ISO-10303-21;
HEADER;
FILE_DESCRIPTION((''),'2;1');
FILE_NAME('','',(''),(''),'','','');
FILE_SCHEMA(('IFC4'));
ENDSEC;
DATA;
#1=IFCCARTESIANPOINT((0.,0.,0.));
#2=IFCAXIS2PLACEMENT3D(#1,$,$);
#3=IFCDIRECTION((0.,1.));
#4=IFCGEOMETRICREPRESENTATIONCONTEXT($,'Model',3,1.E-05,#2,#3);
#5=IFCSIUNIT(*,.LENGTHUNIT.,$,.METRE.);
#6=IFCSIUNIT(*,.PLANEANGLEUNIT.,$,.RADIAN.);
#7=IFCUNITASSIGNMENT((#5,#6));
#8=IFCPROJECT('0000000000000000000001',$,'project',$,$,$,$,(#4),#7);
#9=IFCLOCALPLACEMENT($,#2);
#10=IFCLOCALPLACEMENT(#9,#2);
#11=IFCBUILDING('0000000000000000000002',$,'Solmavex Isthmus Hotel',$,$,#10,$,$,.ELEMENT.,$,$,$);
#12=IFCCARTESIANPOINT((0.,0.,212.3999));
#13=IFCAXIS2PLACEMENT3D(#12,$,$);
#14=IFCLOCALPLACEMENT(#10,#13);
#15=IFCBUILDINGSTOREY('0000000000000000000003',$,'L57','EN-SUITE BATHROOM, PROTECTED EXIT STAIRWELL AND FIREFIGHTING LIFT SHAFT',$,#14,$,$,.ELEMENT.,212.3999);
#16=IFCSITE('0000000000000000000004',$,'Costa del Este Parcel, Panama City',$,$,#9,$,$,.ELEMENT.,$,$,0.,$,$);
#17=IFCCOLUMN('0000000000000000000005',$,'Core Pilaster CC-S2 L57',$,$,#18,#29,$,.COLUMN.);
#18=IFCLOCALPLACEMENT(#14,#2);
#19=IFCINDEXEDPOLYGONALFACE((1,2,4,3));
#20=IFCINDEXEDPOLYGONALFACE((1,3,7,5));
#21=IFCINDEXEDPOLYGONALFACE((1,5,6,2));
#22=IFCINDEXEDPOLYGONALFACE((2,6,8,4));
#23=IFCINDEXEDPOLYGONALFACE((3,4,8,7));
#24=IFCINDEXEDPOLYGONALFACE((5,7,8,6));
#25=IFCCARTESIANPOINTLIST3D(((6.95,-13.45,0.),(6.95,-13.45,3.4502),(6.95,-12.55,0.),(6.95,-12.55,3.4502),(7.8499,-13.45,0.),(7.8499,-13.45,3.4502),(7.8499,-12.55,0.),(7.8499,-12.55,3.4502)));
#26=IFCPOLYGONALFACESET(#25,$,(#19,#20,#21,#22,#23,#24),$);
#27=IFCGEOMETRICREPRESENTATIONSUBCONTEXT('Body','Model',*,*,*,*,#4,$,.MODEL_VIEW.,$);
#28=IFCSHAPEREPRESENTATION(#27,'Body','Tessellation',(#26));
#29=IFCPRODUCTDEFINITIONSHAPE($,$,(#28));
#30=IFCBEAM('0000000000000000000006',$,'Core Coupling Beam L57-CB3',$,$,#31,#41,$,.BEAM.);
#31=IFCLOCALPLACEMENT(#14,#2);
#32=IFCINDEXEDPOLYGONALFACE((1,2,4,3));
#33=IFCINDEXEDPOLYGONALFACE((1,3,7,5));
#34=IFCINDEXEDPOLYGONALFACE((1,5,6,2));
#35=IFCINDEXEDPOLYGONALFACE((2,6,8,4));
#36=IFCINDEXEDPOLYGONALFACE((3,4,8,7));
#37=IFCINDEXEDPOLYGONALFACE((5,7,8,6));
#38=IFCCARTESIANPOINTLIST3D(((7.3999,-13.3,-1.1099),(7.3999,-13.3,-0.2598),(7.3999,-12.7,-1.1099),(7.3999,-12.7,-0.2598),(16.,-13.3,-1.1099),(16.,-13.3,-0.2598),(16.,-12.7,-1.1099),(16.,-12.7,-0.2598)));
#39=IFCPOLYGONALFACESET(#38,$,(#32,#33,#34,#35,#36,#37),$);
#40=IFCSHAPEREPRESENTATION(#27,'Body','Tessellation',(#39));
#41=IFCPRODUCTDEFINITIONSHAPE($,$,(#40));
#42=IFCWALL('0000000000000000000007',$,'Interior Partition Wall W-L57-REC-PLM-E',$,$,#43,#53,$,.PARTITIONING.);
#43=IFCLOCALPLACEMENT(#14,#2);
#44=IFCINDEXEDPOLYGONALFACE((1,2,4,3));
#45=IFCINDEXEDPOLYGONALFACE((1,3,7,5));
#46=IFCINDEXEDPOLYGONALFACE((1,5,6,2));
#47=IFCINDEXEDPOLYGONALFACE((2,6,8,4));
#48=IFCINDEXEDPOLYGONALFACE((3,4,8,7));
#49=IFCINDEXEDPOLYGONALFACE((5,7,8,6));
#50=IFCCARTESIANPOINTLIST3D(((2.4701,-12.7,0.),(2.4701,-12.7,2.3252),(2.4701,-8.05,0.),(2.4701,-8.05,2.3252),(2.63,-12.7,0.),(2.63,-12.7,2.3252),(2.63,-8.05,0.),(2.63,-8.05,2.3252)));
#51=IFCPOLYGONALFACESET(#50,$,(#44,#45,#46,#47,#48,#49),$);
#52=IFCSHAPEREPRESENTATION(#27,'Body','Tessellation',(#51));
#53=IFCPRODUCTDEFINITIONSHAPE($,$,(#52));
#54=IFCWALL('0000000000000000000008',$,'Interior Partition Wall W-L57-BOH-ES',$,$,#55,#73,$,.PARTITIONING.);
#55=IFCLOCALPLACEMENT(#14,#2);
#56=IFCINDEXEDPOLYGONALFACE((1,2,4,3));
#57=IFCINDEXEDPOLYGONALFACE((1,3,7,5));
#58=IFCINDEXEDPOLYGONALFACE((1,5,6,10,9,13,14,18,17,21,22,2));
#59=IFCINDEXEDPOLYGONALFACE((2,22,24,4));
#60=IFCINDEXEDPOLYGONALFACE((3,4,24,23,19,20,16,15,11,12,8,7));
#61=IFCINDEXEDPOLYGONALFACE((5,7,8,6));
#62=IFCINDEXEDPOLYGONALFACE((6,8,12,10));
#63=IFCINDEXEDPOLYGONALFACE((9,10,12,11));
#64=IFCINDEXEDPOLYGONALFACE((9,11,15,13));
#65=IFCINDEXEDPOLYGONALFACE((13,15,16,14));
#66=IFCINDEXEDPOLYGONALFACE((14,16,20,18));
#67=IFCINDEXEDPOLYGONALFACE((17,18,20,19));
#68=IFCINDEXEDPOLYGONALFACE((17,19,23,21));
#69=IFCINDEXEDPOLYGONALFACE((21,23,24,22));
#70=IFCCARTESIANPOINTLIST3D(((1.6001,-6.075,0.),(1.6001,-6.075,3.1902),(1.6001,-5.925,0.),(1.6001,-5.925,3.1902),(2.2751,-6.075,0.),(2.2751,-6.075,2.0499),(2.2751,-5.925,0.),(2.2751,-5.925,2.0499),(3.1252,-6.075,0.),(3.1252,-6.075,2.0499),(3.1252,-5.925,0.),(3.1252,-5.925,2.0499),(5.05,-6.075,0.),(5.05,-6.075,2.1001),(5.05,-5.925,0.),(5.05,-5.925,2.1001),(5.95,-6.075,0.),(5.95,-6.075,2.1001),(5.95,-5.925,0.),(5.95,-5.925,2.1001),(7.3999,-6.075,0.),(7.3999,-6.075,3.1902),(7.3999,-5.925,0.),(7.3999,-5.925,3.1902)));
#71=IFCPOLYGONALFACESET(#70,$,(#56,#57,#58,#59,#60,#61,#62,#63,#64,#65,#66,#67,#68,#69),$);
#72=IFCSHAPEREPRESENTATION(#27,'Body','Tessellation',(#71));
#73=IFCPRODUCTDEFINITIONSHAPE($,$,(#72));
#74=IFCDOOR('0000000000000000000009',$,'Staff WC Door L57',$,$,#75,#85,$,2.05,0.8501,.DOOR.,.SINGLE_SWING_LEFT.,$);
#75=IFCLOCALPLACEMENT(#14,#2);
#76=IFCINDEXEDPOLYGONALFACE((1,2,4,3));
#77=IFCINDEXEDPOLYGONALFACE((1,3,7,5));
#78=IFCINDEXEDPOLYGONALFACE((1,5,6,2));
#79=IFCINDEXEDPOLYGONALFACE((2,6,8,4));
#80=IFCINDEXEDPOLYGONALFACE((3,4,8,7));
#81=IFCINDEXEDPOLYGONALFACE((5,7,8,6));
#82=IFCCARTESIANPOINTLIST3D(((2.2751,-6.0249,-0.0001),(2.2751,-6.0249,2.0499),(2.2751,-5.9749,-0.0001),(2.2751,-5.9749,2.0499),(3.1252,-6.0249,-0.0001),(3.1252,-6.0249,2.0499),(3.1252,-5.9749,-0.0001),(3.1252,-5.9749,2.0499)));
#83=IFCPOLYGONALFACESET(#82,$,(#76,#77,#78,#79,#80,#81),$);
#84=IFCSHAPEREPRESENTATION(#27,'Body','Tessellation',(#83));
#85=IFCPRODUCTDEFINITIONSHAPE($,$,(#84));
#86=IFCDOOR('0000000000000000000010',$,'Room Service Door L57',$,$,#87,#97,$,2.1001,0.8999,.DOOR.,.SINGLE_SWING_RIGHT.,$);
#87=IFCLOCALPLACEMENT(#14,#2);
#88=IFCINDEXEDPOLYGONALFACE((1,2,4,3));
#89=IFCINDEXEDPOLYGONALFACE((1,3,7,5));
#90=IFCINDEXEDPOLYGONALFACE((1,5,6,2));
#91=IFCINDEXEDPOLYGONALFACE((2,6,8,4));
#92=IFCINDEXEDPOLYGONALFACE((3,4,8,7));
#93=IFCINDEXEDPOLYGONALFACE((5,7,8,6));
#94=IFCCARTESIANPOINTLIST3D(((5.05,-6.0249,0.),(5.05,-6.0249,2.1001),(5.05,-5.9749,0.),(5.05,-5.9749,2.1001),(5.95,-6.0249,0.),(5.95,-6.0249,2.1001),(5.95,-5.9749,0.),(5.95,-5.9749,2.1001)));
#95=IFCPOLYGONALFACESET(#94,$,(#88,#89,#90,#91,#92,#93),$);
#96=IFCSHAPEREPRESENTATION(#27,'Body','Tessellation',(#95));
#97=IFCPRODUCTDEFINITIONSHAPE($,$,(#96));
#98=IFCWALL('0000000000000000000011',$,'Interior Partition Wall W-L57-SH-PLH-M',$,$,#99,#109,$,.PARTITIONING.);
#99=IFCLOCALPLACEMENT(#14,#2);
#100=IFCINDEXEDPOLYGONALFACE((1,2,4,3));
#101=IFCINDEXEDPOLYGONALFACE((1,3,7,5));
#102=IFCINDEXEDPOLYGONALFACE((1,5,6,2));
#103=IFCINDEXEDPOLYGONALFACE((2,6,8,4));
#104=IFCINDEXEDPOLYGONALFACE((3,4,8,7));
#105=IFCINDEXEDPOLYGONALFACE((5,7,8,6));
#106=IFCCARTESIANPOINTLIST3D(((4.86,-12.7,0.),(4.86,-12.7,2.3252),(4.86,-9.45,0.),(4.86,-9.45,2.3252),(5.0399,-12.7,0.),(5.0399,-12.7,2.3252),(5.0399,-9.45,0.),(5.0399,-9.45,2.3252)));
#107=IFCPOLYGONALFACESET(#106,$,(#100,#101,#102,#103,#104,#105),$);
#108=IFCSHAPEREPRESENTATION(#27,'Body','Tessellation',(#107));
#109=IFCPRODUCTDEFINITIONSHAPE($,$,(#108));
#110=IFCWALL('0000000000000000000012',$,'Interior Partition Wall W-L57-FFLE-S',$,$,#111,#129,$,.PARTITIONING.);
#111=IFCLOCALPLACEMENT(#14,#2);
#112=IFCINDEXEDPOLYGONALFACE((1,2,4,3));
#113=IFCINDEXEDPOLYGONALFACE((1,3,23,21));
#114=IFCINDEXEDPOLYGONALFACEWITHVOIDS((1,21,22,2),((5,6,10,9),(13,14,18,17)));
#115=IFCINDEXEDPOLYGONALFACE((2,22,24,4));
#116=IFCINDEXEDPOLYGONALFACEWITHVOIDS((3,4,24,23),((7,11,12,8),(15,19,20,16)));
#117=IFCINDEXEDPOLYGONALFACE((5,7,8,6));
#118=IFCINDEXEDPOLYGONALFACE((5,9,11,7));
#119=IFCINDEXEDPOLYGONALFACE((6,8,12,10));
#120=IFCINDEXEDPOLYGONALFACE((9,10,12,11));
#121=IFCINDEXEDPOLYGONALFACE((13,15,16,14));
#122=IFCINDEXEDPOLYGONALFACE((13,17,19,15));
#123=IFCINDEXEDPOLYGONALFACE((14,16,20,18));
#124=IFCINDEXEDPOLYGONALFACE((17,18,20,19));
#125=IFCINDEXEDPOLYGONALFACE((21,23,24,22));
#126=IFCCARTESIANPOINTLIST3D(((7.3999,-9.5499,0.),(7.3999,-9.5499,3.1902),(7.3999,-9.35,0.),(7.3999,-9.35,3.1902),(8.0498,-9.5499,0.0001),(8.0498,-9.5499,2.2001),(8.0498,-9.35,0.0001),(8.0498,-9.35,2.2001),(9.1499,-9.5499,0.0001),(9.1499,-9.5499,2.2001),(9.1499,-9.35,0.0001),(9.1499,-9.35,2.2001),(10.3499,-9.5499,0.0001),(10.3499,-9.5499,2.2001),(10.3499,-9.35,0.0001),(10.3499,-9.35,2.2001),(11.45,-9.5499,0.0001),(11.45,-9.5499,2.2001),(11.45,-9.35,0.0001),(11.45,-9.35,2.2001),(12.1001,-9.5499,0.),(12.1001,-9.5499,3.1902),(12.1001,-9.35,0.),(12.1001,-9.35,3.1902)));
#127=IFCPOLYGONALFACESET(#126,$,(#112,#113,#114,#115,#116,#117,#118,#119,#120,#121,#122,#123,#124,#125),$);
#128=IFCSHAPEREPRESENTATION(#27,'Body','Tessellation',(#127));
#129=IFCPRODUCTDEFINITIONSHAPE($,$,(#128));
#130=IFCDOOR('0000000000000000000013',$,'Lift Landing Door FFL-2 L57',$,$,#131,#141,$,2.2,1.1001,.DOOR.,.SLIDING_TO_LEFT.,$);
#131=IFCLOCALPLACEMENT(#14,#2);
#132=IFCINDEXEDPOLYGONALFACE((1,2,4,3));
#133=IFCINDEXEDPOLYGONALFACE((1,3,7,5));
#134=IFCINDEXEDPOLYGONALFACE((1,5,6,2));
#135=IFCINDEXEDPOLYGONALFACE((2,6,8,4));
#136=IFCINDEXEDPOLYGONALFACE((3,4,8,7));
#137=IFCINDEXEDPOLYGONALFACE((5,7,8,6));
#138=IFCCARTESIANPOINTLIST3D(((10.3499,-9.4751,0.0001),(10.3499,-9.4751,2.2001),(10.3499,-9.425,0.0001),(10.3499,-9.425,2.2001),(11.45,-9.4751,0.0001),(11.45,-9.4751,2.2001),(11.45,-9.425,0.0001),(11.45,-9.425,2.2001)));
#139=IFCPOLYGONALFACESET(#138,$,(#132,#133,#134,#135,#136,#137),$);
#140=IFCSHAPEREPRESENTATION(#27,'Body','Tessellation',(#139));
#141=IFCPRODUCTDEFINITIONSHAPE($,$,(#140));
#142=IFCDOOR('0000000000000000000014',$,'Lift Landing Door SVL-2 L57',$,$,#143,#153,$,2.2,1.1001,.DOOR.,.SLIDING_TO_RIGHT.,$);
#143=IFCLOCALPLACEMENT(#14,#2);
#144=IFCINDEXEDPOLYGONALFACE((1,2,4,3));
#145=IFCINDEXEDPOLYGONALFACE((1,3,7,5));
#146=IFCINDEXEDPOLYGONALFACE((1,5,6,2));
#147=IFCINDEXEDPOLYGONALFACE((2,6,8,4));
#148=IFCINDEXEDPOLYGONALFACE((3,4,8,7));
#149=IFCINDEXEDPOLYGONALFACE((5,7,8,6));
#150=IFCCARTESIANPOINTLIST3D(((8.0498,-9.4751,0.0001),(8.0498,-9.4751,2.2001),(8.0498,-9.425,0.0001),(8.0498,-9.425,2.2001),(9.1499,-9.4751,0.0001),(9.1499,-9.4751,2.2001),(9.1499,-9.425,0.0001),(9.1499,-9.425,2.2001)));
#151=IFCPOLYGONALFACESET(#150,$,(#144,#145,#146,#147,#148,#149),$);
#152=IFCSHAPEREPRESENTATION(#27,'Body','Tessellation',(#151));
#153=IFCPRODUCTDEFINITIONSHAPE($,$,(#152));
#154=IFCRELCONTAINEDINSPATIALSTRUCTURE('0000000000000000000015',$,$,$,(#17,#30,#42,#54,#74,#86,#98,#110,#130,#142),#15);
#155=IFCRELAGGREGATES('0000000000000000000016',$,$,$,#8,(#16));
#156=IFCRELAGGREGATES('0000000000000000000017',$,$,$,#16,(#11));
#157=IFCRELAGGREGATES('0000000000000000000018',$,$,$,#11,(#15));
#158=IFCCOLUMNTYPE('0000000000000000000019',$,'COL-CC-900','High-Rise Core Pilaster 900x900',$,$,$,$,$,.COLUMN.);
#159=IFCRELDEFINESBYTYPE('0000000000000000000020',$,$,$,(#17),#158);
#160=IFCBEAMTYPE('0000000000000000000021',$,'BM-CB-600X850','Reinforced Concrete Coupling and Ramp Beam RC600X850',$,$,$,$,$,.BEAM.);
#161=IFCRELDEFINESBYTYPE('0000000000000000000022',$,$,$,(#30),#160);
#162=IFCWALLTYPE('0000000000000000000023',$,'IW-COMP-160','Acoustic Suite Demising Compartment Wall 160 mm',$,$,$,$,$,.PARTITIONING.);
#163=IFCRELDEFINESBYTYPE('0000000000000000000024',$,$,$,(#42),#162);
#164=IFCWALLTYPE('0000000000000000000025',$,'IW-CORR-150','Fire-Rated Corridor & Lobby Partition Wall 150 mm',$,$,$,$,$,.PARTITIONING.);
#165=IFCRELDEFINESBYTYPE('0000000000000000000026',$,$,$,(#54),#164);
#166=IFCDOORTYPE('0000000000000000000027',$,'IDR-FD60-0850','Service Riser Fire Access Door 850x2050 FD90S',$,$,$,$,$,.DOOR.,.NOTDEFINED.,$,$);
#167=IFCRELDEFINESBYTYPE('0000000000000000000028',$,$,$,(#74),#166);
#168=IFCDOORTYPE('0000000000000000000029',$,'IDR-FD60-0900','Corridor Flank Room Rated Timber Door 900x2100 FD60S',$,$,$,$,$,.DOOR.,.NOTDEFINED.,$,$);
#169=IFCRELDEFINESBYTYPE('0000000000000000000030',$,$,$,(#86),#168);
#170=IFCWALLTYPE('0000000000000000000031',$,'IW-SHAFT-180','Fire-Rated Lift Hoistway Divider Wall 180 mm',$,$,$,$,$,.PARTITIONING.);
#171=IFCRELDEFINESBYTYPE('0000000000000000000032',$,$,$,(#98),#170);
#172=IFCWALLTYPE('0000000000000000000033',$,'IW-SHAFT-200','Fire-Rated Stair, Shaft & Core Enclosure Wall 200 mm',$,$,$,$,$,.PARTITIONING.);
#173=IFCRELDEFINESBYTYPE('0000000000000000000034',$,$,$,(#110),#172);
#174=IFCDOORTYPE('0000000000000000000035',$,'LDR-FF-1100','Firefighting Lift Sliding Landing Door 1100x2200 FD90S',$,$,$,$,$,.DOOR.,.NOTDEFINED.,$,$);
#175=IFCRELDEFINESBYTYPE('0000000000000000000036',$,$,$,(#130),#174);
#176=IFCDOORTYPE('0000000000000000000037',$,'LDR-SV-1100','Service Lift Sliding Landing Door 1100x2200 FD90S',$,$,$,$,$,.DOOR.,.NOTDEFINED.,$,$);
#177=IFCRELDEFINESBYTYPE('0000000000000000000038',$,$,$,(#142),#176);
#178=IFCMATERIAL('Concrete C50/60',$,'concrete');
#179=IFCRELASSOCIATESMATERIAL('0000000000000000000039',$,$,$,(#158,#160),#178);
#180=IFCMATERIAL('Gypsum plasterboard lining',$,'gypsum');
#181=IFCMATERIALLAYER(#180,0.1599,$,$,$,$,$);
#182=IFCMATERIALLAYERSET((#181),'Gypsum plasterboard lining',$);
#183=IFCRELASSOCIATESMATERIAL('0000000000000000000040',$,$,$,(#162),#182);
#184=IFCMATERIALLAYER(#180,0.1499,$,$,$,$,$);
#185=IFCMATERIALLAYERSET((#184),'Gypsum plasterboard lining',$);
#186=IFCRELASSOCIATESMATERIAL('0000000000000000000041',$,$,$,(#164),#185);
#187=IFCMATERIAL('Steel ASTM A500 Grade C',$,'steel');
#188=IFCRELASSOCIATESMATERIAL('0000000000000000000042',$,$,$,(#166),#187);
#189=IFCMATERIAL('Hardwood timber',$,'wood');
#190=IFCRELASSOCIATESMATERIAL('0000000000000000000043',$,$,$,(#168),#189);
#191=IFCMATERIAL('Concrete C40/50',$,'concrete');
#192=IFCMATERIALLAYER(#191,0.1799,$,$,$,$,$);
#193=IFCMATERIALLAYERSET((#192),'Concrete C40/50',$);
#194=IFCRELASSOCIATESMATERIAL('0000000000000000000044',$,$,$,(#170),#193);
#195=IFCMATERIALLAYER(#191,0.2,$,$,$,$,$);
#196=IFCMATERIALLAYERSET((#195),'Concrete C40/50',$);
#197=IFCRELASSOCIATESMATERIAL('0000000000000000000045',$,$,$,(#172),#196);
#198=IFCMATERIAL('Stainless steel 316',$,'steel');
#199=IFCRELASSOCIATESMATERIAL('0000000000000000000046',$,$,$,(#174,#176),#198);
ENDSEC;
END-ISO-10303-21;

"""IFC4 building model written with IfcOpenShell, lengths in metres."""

from ifc_helpers import new_model, si_unit, direction, frame, frame_2d, origin, origin_2d, place, context, subcontext, project, spatial, rectangle, extrude, material, layer, layer_set, material_profile, profile_set, type_object, element, fill, save


model = new_model("IFC4")

# Units and contexts
model_context = context("Model", 3, precision=1e-05, world=origin(), true_north=direction((0.0, 1.0)))
body_context = subcontext(model_context, "Body", "Model", "MODEL_VIEW")
ifc_project = project(units=[si_unit("LENGTHUNIT", "METRE"), si_unit("PLANEANGLEUNIT", "RADIAN")], contexts=[model_context])

# Site, building, storey
site_placement = place(None, origin())
site = spatial("IfcSite", under=ifc_project, at=site_placement, Name="Costa del Este Parcel, Panama City", CompositionType="ELEMENT", RefElevation=0.0)
building_placement = place(site_placement, origin())
building = spatial("IfcBuilding", under=site, at=building_placement, Name="Solmavex Isthmus Hotel", CompositionType="ELEMENT")
storey_placement = place(building_placement, frame((0.0, 0.0, 212.3999)))
storey = spatial("IfcBuildingStorey", under=building, at=storey_placement, Name="L57", Description="EN-SUITE BATHROOM, PROTECTED EXIT STAIRWELL AND FIREFIGHTING LIFT SHAFT", CompositionType="ELEMENT", Elevation=212.3999)

# Column
ifc_material_1 = material(Name="Concrete C50/60", Category="concrete")
ifc_material_profile_1 = material_profile(ifc_material_1, rectangle(XDim=0.8999, YDim=0.8999, at=origin_2d()), Name="RC900X900")
ifc_profile_set_1 = profile_set([ifc_material_profile_1], Name="Concrete C50/60")
column_type = type_object("IfcColumnType", Name="COL-CC-900", Description="High-Rise Core Pilaster 900x900", PredefinedType="COLUMN", material=ifc_profile_set_1)
column_placement = place(storey_placement, frame((7.3999, -13.0, 0.0), z_axis=(0.0, 0.0, 1.0), x_axis=(1.0, 0.0, 0.0)))
element("IfcColumn", 1, at=column_placement, inside=storey, type_object=column_type, Name="Core Pilaster CC-S2 L57", PredefinedType="COLUMN", context=body_context, shape_type="SweptSolid", body=[
    extrude(rectangle(XDim=0.8999, YDim=0.8999, at=origin_2d()), origin(), (0.0, 0.0, 1.0), 3.4502),
])

# Beam
ifc_material_profile_2 = material_profile(ifc_material_1, rectangle(XDim=0.6001, YDim=0.8501, at=origin_2d()), Name="RC600X850")
ifc_profile_set_2 = profile_set([ifc_material_profile_2], Name="Concrete C50/60")
beam_type = type_object("IfcBeamType", Name="BM-CB-600X850", Description="Reinforced Concrete Coupling and Ramp Beam RC600X850", PredefinedType="BEAM", material=ifc_profile_set_2)
beam_placement = place(storey_placement, frame((7.3999, -13.0, -0.6848), z_axis=(1.0, 0.0, 0.0), x_axis=(0.0, 1.0, 0.0)))
element("IfcBeam", 2, at=beam_placement, inside=storey, type_object=beam_type, Name="Core Coupling Beam L57-CB3", PredefinedType="BEAM", context=body_context, shape_type="SweptSolid", body=[
    extrude(rectangle(XDim=0.6001, YDim=0.8501, at=origin_2d()), origin(), (0.0, 0.0, 1.0), 8.6001),
])

# Wall
ifc_material_2 = material(Name="Gypsum plasterboard lining", Category="gypsum")
ifc_layer_1 = layer(ifc_material_2, 0.1599)
ifc_layer_set_1 = layer_set([ifc_layer_1], Name="Gypsum plasterboard lining")
wall_type_1 = type_object("IfcWallType", Name="IW-COMP-160", Description="Acoustic Suite Demising Compartment Wall 160 mm", PredefinedType="PARTITIONING", material=ifc_layer_set_1)
wall_1_placement = place(storey_placement, frame((2.55, -12.7, 0.0), z_axis=(0.0, 0.0, 1.0), x_axis=(0.0, 1.0, 0.0)))
element("IfcWall", 3, at=wall_1_placement, inside=storey, type_object=wall_type_1, Name="Interior Partition Wall W-L57-REC-PLM-E", PredefinedType="PARTITIONING", context=body_context, shape_type="SweptSolid", body=[
    extrude(rectangle(XDim=4.6499, YDim=0.1599, at=frame_2d((2.325, 0.0))), origin(), (0.0, 0.0, 1.0), 2.3252),
])

# Wall, openings, doors
ifc_layer_2 = layer(ifc_material_2, 0.1499)
ifc_layer_set_2 = layer_set([ifc_layer_2], Name="Gypsum plasterboard lining")
wall_type_2 = type_object("IfcWallType", Name="IW-CORR-150", Description="Fire-Rated Corridor & Lobby Partition Wall 150 mm", PredefinedType="PARTITIONING", material=ifc_layer_set_2)
wall_2_placement = place(storey_placement, frame((1.6001, -6.0, 0.0), z_axis=(0.0, 0.0, 1.0), x_axis=(1.0, 0.0, 0.0)))
wall_2 = element("IfcWall", 4, at=wall_2_placement, inside=storey, type_object=wall_type_2, Name="Interior Partition Wall W-L57-BOH-ES", PredefinedType="PARTITIONING", context=body_context, shape_type="SweptSolid", body=[
    extrude(rectangle(XDim=5.7998, YDim=0.1499, at=frame_2d((2.8999, 0.0))), origin(), (0.0, 0.0, 1.0), 3.1902),
])
opening_1_placement = place(wall_2_placement, frame((0.675, 0.0, 0.0)))
opening_1 = element("IfcOpeningElement", 5, at=opening_1_placement, cuts=wall_2, PredefinedType="OPENING", context=body_context, shape_type="SweptSolid", body=[
    extrude(rectangle(XDim=0.8501, YDim=2.05, at=frame_2d((0.425, 1.0249))), frame((0.0, 0.085, 0.0), z_axis=(0.0, -1.0, 0.0), x_axis=(1.0, 0.0, 0.0)), (0.0, 0.0, 1.0), 0.1699),
])
opening_2_placement = place(wall_2_placement, frame((3.45, 0.0, 0.0)))
opening_2 = element("IfcOpeningElement", 6, at=opening_2_placement, cuts=wall_2, PredefinedType="OPENING", context=body_context, shape_type="SweptSolid", body=[
    extrude(rectangle(XDim=0.8999, YDim=2.1001, at=frame_2d((0.45, 1.05))), frame((0.0, 0.085, 0.0), z_axis=(0.0, -1.0, 0.0), x_axis=(1.0, 0.0, 0.0)), (0.0, 0.0, 1.0), 0.1699),
])
ifc_material_3 = material(Name="Steel ASTM A500 Grade C", Category="steel")
door_type_1 = type_object("IfcDoorType", Name="IDR-FD60-0850", Description="Service Riser Fire Access Door 850x2050 FD90S", OperationType="NOTDEFINED", PredefinedType="DOOR", material=ifc_material_3)
door_1_placement = place(opening_1_placement, frame((0.8501, 0.0, 0.0), z_axis=(0.0, 0.0, 1.0), x_axis=(-1.0, 0.0, 0.0)))
door_1 = element("IfcDoor", 7, at=door_1_placement, inside=storey, type_object=door_type_1, Name="Staff WC Door L57", OperationType="SINGLE_SWING_LEFT", OverallHeight=2.05, OverallWidth=0.8501, PredefinedType="DOOR", context=body_context, shape_type="SweptSolid", body=[
    extrude(rectangle(XDim=0.8501, YDim=2.05, at=frame_2d((0.425, 1.0249))), frame((0.0, 0.0249, 0.0), z_axis=(0.0, -1.0, 0.0), x_axis=(1.0, 0.0, 0.0)), (0.0, 0.0, 1.0), 0.05),
])
fill(opening_1, door_1)
ifc_material_4 = material(Name="Hardwood timber", Category="wood")
door_type_2 = type_object("IfcDoorType", Name="IDR-FD60-0900", Description="Corridor Flank Room Rated Timber Door 900x2100 FD60S", OperationType="NOTDEFINED", PredefinedType="DOOR", material=ifc_material_4)
door_2_placement = place(opening_2_placement, frame((0.8999, 0.0, 0.0), z_axis=(0.0, 0.0, 1.0), x_axis=(-1.0, 0.0, 0.0)))
door_2 = element("IfcDoor", 8, at=door_2_placement, inside=storey, type_object=door_type_2, Name="Room Service Door L57", OperationType="SINGLE_SWING_RIGHT", OverallHeight=2.1001, OverallWidth=0.8999, PredefinedType="DOOR", context=body_context, shape_type="SweptSolid", body=[
    extrude(rectangle(XDim=0.8999, YDim=2.1001, at=frame_2d((0.45, 1.05))), frame((0.0, 0.0249, 0.0), z_axis=(0.0, -1.0, 0.0), x_axis=(1.0, 0.0, 0.0)), (0.0, 0.0, 1.0), 0.05),
])
fill(opening_2, door_2)

# Wall
ifc_material_5 = material(Name="Concrete C40/50", Category="concrete")
ifc_layer_3 = layer(ifc_material_5, 0.1799)
ifc_layer_set_3 = layer_set([ifc_layer_3], Name="Concrete C40/50")
wall_type_3 = type_object("IfcWallType", Name="IW-SHAFT-180", Description="Fire-Rated Lift Hoistway Divider Wall 180 mm", PredefinedType="PARTITIONING", material=ifc_layer_set_3)
wall_3_placement = place(storey_placement, frame((4.95, -12.7, 0.0), z_axis=(0.0, 0.0, 1.0), x_axis=(0.0, 1.0, 0.0)))
element("IfcWall", 9, at=wall_3_placement, inside=storey, type_object=wall_type_3, Name="Interior Partition Wall W-L57-SH-PLH-M", PredefinedType="PARTITIONING", context=body_context, shape_type="SweptSolid", body=[
    extrude(rectangle(XDim=3.25, YDim=0.1799, at=frame_2d((1.625, 0.0))), origin(), (0.0, 0.0, 1.0), 2.3252),
])

# Wall, openings, doors
ifc_layer_4 = layer(ifc_material_5, 0.2)
ifc_layer_set_4 = layer_set([ifc_layer_4], Name="Concrete C40/50")
wall_type_4 = type_object("IfcWallType", Name="IW-SHAFT-200", Description="Fire-Rated Stair, Shaft & Core Enclosure Wall 200 mm", PredefinedType="PARTITIONING", material=ifc_layer_set_4)
wall_4_placement = place(storey_placement, frame((7.3999, -9.45, 0.0), z_axis=(0.0, 0.0, 1.0), x_axis=(1.0, 0.0, 0.0)))
wall_4 = element("IfcWall", 10, at=wall_4_placement, inside=storey, type_object=wall_type_4, Name="Interior Partition Wall W-L57-FFLE-S", PredefinedType="PARTITIONING", context=body_context, shape_type="SweptSolid", body=[
    extrude(rectangle(XDim=4.7002, YDim=0.2, at=frame_2d((2.3501, 0.0))), origin(), (0.0, 0.0, 1.0), 3.1902),
])
opening_3_placement = place(wall_4_placement, frame((2.95, 0.0, 0.0)))
opening_3 = element("IfcOpeningElement", 11, at=opening_3_placement, cuts=wall_4, PredefinedType="OPENING", context=body_context, shape_type="SweptSolid", body=[
    extrude(rectangle(XDim=1.1001, YDim=2.2, at=frame_2d((0.55, 1.1001))), frame((0.0, 0.1099, 0.0), z_axis=(0.0, -1.0, 0.0), x_axis=(1.0, 0.0, 0.0)), (0.0, 0.0, 1.0), 0.22),
])
opening_4_placement = place(wall_4_placement, frame((0.6499, 0.0, 0.0)))
opening_4 = element("IfcOpeningElement", 12, at=opening_4_placement, cuts=wall_4, PredefinedType="OPENING", context=body_context, shape_type="SweptSolid", body=[
    extrude(rectangle(XDim=1.1001, YDim=2.2, at=frame_2d((0.55, 1.1001))), frame((0.0, 0.1099, 0.0), z_axis=(0.0, -1.0, 0.0), x_axis=(1.0, 0.0, 0.0)), (0.0, 0.0, 1.0), 0.22),
])
ifc_material_6 = material(Name="Stainless steel 316", Category="steel")
door_type_3 = type_object("IfcDoorType", Name="LDR-FF-1100", Description="Firefighting Lift Sliding Landing Door 1100x2200 FD90S", OperationType="NOTDEFINED", PredefinedType="DOOR", material=ifc_material_6)
door_3_placement = place(opening_3_placement, origin())
door_3 = element("IfcDoor", 13, at=door_3_placement, inside=storey, type_object=door_type_3, Name="Lift Landing Door FFL-2 L57", OperationType="SLIDING_TO_LEFT", OverallHeight=2.2, OverallWidth=1.1001, PredefinedType="DOOR", context=body_context, shape_type="SweptSolid", body=[
    extrude(rectangle(XDim=1.1001, YDim=2.2, at=frame_2d((0.55, 1.1001))), frame((0.0, 0.0249, 0.0), z_axis=(0.0, -1.0, 0.0), x_axis=(1.0, 0.0, 0.0)), (0.0, 0.0, 1.0), 0.05),
])
fill(opening_3, door_3)
door_type_4 = type_object("IfcDoorType", Name="LDR-SV-1100", Description="Service Lift Sliding Landing Door 1100x2200 FD90S", OperationType="NOTDEFINED", PredefinedType="DOOR", material=ifc_material_6)
door_4_placement = place(opening_4_placement, origin())
door_4 = element("IfcDoor", 14, at=door_4_placement, inside=storey, type_object=door_type_4, Name="Lift Landing Door SVL-2 L57", OperationType="SLIDING_TO_RIGHT", OverallHeight=2.2, OverallWidth=1.1001, PredefinedType="DOOR", context=body_context, shape_type="SweptSolid", body=[
    extrude(rectangle(XDim=1.1001, YDim=2.2, at=frame_2d((0.55, 1.1001))), frame((0.0, 0.0249, 0.0), z_axis=(0.0, -1.0, 0.0), x_axis=(1.0, 0.0, 0.0)), (0.0, 0.0, 1.0), 0.05),
])
fill(opening_4, door_4)

save(model, "model.ifc")
